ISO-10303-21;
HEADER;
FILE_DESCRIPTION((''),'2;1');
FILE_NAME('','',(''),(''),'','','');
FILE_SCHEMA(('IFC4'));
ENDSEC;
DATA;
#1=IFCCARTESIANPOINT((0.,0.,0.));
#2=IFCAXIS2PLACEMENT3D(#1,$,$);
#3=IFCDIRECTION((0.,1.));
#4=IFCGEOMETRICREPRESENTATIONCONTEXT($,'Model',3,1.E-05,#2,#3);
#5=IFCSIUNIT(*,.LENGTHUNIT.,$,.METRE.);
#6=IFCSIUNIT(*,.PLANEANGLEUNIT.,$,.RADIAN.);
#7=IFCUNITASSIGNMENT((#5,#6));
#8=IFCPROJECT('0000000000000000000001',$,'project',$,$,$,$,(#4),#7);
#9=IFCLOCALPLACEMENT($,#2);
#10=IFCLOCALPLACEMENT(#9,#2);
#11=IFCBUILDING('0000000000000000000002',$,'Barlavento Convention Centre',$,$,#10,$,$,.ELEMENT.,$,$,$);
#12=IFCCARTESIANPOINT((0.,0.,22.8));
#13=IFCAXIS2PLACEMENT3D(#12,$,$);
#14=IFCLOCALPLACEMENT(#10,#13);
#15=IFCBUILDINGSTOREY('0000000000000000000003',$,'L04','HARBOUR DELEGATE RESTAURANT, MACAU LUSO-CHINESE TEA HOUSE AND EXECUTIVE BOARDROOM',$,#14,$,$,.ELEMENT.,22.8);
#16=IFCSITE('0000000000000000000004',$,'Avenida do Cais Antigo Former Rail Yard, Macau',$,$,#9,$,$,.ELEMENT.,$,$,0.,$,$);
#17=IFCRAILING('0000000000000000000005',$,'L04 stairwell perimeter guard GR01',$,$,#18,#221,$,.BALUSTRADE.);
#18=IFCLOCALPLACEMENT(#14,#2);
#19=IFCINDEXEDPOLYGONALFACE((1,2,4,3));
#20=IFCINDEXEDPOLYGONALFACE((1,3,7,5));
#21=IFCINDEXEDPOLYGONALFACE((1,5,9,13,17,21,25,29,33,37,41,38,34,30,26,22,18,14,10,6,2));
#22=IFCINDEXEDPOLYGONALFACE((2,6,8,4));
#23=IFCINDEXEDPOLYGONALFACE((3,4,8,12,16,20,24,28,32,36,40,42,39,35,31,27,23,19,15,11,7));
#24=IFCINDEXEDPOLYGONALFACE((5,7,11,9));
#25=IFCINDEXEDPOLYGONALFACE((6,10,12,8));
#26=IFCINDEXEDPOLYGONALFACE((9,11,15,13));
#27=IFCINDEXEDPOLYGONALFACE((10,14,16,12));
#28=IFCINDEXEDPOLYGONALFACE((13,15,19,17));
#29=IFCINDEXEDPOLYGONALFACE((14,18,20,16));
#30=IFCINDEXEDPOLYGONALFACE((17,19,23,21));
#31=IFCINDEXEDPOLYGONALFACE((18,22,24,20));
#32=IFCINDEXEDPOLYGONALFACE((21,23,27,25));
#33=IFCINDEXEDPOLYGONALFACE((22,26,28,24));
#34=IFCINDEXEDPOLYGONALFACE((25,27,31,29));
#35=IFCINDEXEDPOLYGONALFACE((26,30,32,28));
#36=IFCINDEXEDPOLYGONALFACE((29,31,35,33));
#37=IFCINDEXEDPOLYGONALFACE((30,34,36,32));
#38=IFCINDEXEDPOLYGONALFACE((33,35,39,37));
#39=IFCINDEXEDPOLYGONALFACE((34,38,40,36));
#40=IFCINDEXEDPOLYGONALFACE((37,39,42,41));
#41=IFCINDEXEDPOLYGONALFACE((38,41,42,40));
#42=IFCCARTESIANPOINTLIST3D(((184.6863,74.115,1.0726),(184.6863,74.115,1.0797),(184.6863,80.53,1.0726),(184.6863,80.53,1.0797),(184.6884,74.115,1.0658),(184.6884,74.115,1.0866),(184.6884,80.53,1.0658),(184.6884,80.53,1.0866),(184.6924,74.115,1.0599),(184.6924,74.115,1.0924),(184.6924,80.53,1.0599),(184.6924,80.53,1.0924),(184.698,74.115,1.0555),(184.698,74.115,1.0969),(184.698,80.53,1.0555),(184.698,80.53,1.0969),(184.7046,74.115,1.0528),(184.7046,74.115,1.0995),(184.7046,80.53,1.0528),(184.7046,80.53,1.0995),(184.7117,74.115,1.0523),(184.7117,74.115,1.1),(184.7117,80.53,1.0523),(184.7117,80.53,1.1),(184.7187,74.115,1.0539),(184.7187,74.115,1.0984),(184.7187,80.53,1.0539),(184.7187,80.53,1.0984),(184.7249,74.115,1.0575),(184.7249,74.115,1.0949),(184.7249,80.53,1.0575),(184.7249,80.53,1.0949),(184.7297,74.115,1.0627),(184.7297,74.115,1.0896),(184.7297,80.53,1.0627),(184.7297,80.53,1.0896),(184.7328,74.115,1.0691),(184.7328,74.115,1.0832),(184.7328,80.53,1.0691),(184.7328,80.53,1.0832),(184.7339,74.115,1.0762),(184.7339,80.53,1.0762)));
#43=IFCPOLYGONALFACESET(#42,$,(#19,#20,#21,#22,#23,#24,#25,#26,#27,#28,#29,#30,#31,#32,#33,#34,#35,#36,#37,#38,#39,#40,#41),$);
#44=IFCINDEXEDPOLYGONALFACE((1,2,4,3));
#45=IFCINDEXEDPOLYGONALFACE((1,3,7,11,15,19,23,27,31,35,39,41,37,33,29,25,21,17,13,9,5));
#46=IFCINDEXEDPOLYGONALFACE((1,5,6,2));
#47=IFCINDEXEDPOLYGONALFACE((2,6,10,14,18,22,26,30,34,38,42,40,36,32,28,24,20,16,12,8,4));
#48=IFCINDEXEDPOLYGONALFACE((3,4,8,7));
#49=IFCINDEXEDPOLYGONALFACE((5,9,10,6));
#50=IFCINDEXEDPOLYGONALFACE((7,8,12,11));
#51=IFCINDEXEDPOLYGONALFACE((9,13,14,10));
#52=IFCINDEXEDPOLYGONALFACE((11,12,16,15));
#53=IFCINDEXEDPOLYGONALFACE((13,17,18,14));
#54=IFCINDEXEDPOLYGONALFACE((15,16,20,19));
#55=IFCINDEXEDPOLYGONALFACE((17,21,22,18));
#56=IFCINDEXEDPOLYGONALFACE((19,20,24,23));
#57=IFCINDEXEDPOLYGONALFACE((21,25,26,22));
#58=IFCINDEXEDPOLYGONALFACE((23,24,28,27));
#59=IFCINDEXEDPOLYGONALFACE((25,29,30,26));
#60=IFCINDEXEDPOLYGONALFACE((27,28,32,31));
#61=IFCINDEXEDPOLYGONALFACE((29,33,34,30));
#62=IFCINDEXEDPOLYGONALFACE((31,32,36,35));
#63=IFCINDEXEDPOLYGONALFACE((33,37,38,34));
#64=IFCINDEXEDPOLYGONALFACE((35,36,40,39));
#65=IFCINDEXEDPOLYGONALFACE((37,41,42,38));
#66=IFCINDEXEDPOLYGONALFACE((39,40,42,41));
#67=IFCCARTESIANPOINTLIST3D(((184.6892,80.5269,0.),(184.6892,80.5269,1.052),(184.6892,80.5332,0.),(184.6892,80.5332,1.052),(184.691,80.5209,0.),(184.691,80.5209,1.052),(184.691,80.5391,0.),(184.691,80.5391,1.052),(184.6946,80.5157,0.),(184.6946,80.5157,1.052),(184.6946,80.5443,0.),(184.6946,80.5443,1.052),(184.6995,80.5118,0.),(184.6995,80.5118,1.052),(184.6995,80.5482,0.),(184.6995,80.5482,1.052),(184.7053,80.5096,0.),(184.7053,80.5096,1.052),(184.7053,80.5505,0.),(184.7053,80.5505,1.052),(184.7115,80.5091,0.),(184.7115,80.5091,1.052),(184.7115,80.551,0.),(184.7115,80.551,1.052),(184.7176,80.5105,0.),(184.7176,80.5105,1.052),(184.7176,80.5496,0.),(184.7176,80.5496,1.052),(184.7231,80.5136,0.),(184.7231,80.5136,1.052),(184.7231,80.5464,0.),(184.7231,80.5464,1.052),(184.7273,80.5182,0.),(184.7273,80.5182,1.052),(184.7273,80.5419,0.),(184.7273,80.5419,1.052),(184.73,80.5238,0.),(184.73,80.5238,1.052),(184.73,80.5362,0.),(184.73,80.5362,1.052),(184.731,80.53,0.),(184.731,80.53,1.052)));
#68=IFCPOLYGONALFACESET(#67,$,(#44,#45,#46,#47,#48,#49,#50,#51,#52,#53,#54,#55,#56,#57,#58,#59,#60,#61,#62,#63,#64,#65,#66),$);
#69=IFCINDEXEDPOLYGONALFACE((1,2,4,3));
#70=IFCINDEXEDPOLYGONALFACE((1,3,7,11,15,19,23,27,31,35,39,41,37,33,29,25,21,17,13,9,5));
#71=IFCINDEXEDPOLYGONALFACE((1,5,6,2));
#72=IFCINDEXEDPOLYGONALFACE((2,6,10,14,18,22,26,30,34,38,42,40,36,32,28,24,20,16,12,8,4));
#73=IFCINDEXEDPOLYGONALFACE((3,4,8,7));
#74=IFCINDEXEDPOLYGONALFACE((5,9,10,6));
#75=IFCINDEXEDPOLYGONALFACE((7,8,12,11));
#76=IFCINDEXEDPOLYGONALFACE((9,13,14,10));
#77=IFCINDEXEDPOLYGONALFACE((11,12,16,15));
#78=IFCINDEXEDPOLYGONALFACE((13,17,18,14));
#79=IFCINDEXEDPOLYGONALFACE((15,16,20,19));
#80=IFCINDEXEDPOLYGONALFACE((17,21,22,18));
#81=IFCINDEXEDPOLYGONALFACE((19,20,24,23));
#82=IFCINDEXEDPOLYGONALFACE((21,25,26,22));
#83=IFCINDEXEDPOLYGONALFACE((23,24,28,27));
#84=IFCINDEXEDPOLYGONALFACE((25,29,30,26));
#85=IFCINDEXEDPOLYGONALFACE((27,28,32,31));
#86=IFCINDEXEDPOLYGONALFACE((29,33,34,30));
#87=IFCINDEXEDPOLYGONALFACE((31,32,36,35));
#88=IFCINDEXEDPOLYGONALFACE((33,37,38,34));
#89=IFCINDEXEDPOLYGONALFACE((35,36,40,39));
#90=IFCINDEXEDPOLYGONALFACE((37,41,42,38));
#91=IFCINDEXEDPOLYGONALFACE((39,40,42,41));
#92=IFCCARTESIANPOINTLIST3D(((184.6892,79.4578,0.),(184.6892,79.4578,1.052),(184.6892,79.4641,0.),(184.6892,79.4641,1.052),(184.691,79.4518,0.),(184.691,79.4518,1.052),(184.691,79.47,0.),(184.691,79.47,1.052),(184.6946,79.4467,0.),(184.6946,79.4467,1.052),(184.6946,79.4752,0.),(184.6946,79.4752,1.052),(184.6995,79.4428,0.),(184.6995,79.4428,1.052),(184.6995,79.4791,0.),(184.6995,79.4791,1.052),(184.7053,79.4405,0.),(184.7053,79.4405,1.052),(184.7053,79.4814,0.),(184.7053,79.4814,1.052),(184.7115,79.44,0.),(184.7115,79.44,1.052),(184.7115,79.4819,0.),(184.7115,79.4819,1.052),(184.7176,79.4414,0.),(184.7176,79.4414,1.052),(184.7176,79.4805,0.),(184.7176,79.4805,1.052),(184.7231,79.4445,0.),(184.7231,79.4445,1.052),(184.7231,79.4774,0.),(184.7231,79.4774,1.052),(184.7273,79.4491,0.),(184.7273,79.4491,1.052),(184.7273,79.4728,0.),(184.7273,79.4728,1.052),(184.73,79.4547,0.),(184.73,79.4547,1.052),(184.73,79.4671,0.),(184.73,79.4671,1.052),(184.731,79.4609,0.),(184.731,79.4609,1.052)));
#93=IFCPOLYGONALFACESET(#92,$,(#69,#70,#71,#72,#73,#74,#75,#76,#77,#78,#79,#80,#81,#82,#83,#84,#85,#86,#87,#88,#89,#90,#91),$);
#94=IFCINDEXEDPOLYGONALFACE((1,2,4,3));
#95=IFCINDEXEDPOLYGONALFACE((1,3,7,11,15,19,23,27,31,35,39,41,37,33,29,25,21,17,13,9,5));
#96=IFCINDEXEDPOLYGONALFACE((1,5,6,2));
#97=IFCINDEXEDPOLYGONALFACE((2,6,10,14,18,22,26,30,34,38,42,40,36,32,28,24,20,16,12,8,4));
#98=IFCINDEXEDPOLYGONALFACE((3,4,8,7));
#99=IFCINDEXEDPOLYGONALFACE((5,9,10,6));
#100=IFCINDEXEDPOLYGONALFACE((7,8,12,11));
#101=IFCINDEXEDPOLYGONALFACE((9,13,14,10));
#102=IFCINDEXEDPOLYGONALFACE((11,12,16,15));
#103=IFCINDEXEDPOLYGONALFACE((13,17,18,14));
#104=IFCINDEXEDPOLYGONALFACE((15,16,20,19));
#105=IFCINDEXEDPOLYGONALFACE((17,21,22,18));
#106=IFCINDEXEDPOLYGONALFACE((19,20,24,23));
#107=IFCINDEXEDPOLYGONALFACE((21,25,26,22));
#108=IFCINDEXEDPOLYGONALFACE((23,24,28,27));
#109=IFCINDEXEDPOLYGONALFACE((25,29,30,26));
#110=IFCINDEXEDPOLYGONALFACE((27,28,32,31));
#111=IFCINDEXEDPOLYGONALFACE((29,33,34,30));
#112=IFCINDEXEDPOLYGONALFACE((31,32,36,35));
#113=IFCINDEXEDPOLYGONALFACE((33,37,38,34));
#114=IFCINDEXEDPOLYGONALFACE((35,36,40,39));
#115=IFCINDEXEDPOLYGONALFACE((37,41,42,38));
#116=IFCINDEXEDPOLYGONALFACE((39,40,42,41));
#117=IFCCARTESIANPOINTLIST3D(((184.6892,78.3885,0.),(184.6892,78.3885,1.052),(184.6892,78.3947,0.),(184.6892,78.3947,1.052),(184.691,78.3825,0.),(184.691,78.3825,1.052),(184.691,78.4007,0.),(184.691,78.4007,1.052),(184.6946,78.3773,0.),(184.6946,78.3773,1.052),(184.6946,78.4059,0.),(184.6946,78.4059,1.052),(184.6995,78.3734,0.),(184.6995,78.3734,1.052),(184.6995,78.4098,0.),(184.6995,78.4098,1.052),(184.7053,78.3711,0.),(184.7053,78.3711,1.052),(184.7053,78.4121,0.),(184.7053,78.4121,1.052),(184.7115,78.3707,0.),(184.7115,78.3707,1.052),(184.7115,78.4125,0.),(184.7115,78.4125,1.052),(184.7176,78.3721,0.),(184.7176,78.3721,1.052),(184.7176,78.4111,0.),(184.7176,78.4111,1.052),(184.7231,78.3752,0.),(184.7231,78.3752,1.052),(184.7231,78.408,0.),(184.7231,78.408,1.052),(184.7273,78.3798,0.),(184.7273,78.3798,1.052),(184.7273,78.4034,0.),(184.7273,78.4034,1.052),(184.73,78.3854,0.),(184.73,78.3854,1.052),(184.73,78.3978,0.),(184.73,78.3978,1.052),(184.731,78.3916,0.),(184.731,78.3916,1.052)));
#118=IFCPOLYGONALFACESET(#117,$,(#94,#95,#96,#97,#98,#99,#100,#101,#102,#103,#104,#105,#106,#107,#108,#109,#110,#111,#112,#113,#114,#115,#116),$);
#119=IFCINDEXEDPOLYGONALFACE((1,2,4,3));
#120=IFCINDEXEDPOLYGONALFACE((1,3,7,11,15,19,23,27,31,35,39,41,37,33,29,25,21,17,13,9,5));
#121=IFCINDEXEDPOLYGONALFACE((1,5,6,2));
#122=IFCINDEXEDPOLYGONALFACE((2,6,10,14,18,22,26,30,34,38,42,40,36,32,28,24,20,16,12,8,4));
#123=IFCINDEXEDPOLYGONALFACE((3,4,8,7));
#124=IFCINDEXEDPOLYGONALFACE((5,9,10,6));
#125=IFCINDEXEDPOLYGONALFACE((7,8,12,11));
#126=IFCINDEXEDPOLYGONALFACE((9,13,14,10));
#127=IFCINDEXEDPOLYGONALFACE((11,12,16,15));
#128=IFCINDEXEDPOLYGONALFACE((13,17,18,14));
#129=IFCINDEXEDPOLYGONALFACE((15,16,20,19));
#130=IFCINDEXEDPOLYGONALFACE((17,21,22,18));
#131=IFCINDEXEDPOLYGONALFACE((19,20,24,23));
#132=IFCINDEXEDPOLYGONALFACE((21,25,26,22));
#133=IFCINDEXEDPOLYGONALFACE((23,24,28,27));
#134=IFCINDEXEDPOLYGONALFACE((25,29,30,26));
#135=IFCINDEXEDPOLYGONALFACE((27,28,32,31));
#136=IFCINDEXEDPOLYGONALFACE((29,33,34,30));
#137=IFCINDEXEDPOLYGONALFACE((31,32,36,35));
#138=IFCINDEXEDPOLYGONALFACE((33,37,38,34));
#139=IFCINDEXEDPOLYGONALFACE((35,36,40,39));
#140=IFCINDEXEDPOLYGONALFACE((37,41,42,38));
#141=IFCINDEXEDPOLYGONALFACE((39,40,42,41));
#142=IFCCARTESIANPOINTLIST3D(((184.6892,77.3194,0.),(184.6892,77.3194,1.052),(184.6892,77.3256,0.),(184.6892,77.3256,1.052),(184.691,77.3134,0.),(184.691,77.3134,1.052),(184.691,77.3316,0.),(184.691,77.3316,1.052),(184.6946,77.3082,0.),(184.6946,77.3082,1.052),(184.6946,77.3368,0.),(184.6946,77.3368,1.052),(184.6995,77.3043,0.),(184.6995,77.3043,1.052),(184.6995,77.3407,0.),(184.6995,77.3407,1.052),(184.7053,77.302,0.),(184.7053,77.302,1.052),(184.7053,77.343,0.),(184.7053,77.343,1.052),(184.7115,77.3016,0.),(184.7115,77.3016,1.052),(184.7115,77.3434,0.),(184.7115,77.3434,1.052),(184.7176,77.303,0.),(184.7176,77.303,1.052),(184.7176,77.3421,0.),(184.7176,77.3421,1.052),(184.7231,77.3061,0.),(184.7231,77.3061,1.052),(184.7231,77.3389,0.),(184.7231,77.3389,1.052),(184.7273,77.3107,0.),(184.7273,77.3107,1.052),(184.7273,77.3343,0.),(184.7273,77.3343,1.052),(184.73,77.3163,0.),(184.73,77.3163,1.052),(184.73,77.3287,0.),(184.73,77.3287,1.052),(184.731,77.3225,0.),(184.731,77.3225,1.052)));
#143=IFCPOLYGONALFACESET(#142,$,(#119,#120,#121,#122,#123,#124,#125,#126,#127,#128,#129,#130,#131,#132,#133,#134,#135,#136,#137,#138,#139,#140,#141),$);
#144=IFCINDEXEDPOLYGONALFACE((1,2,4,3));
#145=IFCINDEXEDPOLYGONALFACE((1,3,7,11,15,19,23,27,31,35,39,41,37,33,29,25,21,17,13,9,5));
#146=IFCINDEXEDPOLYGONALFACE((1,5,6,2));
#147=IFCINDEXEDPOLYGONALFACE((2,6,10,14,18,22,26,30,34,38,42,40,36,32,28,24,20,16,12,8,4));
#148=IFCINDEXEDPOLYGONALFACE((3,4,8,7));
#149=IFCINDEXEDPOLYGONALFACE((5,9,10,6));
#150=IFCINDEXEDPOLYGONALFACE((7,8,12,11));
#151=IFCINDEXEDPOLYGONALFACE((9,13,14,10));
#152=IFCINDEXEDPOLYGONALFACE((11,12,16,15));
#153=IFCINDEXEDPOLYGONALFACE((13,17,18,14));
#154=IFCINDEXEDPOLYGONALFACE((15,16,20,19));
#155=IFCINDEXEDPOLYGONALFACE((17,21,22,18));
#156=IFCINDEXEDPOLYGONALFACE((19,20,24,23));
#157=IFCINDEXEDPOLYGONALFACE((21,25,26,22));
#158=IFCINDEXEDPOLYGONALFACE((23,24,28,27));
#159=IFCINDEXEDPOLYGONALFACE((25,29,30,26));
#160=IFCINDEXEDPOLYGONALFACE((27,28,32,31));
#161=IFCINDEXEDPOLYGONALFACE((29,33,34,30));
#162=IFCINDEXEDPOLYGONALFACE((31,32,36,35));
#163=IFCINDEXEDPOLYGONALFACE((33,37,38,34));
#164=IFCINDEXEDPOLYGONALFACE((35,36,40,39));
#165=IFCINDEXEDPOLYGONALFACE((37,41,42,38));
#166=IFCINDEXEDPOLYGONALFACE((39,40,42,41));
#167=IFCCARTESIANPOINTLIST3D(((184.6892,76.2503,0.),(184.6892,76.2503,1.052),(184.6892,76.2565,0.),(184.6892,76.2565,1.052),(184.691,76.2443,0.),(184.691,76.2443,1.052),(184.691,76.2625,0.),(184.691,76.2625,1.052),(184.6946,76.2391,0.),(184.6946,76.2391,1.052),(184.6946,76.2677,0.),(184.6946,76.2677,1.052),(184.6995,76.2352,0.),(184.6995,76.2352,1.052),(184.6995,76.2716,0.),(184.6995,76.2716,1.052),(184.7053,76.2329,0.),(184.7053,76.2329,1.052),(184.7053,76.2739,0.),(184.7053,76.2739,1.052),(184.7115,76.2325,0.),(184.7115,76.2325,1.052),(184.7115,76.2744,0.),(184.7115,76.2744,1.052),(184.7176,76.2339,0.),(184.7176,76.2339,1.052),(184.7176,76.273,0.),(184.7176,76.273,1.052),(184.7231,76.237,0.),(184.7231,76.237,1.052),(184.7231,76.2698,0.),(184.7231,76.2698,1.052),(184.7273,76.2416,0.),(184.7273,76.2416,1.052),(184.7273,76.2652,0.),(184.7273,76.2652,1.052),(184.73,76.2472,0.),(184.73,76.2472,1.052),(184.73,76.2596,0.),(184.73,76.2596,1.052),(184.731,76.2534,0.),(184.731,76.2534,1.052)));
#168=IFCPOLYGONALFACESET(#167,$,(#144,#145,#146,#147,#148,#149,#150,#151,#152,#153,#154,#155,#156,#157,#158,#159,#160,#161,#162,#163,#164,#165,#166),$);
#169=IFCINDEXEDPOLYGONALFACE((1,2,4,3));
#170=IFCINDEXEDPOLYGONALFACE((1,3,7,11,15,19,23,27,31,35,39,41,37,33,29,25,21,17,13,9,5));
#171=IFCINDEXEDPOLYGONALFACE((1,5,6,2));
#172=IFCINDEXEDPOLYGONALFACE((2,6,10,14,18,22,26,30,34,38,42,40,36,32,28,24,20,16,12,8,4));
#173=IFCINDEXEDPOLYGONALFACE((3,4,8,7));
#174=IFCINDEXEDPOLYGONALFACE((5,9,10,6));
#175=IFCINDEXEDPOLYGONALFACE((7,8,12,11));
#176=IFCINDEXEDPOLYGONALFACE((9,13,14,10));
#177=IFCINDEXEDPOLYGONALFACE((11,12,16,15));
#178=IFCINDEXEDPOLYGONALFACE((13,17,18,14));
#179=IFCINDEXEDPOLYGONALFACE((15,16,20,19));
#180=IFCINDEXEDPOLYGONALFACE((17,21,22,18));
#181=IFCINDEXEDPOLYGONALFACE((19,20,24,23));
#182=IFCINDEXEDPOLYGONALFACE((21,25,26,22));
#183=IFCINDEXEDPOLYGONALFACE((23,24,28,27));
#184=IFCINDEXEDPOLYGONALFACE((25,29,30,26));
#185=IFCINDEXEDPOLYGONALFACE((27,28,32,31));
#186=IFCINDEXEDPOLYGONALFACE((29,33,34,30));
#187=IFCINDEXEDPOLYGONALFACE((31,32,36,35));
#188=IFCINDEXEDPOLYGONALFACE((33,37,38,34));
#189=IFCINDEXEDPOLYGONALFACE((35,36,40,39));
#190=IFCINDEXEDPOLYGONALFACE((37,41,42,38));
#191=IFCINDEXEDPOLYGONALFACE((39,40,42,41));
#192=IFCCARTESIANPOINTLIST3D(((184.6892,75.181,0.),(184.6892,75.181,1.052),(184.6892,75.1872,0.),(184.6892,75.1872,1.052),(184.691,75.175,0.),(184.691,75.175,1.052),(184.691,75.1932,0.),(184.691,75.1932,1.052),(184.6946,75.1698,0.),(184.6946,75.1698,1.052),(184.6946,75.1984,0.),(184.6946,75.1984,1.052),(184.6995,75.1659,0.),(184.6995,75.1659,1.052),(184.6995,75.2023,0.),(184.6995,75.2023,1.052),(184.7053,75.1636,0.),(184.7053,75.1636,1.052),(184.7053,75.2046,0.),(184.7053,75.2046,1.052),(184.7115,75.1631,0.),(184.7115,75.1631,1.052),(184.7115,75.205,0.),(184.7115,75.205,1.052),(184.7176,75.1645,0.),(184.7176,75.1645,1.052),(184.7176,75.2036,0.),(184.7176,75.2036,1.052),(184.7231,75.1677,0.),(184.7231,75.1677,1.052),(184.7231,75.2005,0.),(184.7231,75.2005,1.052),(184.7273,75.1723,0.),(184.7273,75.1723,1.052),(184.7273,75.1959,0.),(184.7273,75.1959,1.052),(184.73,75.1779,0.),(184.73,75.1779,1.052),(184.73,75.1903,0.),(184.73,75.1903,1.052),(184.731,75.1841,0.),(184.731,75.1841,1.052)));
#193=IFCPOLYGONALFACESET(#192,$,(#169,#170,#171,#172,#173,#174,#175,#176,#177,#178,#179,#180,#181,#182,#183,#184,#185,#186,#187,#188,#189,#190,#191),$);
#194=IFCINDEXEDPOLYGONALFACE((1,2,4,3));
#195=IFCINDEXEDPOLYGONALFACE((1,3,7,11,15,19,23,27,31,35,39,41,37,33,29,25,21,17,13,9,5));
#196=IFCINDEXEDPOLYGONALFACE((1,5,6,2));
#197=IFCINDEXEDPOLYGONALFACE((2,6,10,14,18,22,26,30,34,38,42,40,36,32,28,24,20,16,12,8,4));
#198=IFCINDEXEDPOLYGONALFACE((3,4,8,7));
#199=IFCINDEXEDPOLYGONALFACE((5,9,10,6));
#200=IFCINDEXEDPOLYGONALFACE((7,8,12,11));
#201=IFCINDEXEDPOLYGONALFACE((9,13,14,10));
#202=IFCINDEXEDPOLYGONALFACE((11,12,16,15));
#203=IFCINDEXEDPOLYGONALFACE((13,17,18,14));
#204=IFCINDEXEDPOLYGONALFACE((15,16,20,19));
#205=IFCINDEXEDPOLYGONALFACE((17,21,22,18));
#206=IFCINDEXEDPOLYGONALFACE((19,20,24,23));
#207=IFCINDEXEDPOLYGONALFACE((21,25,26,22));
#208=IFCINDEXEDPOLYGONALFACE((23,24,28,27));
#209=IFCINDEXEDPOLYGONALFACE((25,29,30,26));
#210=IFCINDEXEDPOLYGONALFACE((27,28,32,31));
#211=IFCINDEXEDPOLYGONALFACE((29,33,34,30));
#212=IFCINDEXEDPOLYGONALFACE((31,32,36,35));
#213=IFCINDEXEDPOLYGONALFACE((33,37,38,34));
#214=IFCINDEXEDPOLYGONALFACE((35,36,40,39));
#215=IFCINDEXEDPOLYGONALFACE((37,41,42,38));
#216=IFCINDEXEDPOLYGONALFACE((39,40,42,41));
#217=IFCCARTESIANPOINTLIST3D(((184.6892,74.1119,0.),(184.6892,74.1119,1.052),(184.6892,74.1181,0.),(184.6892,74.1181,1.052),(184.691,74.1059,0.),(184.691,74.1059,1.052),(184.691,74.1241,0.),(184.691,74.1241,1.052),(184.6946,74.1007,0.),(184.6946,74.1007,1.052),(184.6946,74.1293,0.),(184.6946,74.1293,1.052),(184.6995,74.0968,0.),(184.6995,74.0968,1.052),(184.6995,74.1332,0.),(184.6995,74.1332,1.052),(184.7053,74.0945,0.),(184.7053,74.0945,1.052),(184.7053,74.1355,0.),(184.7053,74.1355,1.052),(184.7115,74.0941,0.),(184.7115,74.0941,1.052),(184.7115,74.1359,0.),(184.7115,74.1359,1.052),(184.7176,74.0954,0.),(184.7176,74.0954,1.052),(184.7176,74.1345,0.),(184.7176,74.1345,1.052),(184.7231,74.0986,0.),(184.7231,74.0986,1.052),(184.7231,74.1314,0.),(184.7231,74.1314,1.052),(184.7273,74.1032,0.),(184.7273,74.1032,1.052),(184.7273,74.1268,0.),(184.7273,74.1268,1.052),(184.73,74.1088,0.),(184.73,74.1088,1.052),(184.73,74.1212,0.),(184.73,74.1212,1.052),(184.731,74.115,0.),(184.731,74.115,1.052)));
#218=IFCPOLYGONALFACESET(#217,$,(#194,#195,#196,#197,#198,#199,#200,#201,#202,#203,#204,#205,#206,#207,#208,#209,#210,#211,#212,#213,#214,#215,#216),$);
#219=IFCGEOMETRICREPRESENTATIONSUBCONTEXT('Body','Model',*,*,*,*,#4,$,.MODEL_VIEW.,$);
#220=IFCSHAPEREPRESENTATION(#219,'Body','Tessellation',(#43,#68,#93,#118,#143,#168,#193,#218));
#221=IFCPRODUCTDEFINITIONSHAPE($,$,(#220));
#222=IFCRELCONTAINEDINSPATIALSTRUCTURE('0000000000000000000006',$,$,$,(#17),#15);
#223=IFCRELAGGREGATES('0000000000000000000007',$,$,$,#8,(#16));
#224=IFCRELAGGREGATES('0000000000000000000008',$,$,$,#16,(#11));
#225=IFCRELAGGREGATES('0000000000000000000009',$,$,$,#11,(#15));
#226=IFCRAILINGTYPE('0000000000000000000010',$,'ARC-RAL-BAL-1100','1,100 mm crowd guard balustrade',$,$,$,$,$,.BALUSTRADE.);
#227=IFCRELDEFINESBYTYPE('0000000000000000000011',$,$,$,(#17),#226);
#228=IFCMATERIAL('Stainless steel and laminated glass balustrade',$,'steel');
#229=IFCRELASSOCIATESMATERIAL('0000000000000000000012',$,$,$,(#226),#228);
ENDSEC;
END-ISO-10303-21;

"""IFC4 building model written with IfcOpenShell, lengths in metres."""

from ifc_helpers import new_model, si_unit, direction, frame, origin, origin_2d, place, context, subcontext, project, spatial, circle, extrude, material, type_object, element, save


model = new_model("IFC4")

# Units and contexts
model_context = context("Model", 3, precision=1e-05, world=origin(), true_north=direction((0.0, 1.0)))
body_context = subcontext(model_context, "Body", "Model", "MODEL_VIEW")
ifc_project = project(units=[si_unit("LENGTHUNIT", "METRE"), si_unit("PLANEANGLEUNIT", "RADIAN")], contexts=[model_context])

# Site, building, storey
site_placement = place(None, origin())
site = spatial("IfcSite", under=ifc_project, at=site_placement, Name="Avenida do Cais Antigo Former Rail Yard, Macau", CompositionType="ELEMENT", RefElevation=0.0)
building_placement = place(site_placement, origin())
building = spatial("IfcBuilding", under=site, at=building_placement, Name="Barlavento Convention Centre", CompositionType="ELEMENT")
storey_placement = place(building_placement, frame((0.0, 0.0, 22.8)))
storey = spatial("IfcBuildingStorey", under=building, at=storey_placement, Name="L04", Description="HARBOUR DELEGATE RESTAURANT, MACAU LUSO-CHINESE TEA HOUSE AND EXECUTIVE BOARDROOM", CompositionType="ELEMENT", Elevation=22.8)

# Railing
ifc_material_1 = material(Name="Stainless steel and laminated glass balustrade", Category="steel")
railing_type_1 = type_object("IfcRailingType", Name="ARC-RAL-BAL-1100", Description="1,100 mm crowd guard balustrade", PredefinedType="BALUSTRADE", material=ifc_material_1)
railing_1_placement = place(storey_placement, frame((184.71, 80.53, 0.0)))
element("IfcRailing", 1, at=railing_1_placement, inside=storey, type_object=railing_type_1, Name="L04 stairwell perimeter guard GR01", PredefinedType="BALUSTRADE", context=body_context, shape_type="SweptSolid", body=[
    extrude(circle(Radius=0.0239, at=origin_2d()), frame((0.0, 0.0, 1.0762), z_axis=(0.0, -1.0, 0.0), x_axis=(1.0, 0.0, 0.0)), (0.0, 0.0, 1.0), 6.415),
    extrude(circle(Radius=0.021, at=origin_2d()), origin(), (0.0, 0.0, 1.0), 1.052),
    extrude(circle(Radius=0.021, at=origin_2d()), frame((0.0, -1.0691, 0.0)), (0.0, 0.0, 1.0), 1.052),
    extrude(circle(Radius=0.021, at=origin_2d()), frame((0.0, -2.1384, 0.0)), (0.0, 0.0, 1.0), 1.052),
    extrude(circle(Radius=0.021, at=origin_2d()), frame((0.0, -3.2075, 0.0)), (0.0, 0.0, 1.0), 1.052),
    extrude(circle(Radius=0.021, at=origin_2d()), frame((0.0, -4.2766, 0.0)), (0.0, 0.0, 1.0), 1.052),
    extrude(circle(Radius=0.021, at=origin_2d()), frame((0.0, -5.3459, 0.0)), (0.0, 0.0, 1.0), 1.052),
    extrude(circle(Radius=0.021, at=origin_2d()), frame((0.0, -6.415, 0.0)), (0.0, 0.0, 1.0), 1.052),
])

save(model, "model.ifc")
